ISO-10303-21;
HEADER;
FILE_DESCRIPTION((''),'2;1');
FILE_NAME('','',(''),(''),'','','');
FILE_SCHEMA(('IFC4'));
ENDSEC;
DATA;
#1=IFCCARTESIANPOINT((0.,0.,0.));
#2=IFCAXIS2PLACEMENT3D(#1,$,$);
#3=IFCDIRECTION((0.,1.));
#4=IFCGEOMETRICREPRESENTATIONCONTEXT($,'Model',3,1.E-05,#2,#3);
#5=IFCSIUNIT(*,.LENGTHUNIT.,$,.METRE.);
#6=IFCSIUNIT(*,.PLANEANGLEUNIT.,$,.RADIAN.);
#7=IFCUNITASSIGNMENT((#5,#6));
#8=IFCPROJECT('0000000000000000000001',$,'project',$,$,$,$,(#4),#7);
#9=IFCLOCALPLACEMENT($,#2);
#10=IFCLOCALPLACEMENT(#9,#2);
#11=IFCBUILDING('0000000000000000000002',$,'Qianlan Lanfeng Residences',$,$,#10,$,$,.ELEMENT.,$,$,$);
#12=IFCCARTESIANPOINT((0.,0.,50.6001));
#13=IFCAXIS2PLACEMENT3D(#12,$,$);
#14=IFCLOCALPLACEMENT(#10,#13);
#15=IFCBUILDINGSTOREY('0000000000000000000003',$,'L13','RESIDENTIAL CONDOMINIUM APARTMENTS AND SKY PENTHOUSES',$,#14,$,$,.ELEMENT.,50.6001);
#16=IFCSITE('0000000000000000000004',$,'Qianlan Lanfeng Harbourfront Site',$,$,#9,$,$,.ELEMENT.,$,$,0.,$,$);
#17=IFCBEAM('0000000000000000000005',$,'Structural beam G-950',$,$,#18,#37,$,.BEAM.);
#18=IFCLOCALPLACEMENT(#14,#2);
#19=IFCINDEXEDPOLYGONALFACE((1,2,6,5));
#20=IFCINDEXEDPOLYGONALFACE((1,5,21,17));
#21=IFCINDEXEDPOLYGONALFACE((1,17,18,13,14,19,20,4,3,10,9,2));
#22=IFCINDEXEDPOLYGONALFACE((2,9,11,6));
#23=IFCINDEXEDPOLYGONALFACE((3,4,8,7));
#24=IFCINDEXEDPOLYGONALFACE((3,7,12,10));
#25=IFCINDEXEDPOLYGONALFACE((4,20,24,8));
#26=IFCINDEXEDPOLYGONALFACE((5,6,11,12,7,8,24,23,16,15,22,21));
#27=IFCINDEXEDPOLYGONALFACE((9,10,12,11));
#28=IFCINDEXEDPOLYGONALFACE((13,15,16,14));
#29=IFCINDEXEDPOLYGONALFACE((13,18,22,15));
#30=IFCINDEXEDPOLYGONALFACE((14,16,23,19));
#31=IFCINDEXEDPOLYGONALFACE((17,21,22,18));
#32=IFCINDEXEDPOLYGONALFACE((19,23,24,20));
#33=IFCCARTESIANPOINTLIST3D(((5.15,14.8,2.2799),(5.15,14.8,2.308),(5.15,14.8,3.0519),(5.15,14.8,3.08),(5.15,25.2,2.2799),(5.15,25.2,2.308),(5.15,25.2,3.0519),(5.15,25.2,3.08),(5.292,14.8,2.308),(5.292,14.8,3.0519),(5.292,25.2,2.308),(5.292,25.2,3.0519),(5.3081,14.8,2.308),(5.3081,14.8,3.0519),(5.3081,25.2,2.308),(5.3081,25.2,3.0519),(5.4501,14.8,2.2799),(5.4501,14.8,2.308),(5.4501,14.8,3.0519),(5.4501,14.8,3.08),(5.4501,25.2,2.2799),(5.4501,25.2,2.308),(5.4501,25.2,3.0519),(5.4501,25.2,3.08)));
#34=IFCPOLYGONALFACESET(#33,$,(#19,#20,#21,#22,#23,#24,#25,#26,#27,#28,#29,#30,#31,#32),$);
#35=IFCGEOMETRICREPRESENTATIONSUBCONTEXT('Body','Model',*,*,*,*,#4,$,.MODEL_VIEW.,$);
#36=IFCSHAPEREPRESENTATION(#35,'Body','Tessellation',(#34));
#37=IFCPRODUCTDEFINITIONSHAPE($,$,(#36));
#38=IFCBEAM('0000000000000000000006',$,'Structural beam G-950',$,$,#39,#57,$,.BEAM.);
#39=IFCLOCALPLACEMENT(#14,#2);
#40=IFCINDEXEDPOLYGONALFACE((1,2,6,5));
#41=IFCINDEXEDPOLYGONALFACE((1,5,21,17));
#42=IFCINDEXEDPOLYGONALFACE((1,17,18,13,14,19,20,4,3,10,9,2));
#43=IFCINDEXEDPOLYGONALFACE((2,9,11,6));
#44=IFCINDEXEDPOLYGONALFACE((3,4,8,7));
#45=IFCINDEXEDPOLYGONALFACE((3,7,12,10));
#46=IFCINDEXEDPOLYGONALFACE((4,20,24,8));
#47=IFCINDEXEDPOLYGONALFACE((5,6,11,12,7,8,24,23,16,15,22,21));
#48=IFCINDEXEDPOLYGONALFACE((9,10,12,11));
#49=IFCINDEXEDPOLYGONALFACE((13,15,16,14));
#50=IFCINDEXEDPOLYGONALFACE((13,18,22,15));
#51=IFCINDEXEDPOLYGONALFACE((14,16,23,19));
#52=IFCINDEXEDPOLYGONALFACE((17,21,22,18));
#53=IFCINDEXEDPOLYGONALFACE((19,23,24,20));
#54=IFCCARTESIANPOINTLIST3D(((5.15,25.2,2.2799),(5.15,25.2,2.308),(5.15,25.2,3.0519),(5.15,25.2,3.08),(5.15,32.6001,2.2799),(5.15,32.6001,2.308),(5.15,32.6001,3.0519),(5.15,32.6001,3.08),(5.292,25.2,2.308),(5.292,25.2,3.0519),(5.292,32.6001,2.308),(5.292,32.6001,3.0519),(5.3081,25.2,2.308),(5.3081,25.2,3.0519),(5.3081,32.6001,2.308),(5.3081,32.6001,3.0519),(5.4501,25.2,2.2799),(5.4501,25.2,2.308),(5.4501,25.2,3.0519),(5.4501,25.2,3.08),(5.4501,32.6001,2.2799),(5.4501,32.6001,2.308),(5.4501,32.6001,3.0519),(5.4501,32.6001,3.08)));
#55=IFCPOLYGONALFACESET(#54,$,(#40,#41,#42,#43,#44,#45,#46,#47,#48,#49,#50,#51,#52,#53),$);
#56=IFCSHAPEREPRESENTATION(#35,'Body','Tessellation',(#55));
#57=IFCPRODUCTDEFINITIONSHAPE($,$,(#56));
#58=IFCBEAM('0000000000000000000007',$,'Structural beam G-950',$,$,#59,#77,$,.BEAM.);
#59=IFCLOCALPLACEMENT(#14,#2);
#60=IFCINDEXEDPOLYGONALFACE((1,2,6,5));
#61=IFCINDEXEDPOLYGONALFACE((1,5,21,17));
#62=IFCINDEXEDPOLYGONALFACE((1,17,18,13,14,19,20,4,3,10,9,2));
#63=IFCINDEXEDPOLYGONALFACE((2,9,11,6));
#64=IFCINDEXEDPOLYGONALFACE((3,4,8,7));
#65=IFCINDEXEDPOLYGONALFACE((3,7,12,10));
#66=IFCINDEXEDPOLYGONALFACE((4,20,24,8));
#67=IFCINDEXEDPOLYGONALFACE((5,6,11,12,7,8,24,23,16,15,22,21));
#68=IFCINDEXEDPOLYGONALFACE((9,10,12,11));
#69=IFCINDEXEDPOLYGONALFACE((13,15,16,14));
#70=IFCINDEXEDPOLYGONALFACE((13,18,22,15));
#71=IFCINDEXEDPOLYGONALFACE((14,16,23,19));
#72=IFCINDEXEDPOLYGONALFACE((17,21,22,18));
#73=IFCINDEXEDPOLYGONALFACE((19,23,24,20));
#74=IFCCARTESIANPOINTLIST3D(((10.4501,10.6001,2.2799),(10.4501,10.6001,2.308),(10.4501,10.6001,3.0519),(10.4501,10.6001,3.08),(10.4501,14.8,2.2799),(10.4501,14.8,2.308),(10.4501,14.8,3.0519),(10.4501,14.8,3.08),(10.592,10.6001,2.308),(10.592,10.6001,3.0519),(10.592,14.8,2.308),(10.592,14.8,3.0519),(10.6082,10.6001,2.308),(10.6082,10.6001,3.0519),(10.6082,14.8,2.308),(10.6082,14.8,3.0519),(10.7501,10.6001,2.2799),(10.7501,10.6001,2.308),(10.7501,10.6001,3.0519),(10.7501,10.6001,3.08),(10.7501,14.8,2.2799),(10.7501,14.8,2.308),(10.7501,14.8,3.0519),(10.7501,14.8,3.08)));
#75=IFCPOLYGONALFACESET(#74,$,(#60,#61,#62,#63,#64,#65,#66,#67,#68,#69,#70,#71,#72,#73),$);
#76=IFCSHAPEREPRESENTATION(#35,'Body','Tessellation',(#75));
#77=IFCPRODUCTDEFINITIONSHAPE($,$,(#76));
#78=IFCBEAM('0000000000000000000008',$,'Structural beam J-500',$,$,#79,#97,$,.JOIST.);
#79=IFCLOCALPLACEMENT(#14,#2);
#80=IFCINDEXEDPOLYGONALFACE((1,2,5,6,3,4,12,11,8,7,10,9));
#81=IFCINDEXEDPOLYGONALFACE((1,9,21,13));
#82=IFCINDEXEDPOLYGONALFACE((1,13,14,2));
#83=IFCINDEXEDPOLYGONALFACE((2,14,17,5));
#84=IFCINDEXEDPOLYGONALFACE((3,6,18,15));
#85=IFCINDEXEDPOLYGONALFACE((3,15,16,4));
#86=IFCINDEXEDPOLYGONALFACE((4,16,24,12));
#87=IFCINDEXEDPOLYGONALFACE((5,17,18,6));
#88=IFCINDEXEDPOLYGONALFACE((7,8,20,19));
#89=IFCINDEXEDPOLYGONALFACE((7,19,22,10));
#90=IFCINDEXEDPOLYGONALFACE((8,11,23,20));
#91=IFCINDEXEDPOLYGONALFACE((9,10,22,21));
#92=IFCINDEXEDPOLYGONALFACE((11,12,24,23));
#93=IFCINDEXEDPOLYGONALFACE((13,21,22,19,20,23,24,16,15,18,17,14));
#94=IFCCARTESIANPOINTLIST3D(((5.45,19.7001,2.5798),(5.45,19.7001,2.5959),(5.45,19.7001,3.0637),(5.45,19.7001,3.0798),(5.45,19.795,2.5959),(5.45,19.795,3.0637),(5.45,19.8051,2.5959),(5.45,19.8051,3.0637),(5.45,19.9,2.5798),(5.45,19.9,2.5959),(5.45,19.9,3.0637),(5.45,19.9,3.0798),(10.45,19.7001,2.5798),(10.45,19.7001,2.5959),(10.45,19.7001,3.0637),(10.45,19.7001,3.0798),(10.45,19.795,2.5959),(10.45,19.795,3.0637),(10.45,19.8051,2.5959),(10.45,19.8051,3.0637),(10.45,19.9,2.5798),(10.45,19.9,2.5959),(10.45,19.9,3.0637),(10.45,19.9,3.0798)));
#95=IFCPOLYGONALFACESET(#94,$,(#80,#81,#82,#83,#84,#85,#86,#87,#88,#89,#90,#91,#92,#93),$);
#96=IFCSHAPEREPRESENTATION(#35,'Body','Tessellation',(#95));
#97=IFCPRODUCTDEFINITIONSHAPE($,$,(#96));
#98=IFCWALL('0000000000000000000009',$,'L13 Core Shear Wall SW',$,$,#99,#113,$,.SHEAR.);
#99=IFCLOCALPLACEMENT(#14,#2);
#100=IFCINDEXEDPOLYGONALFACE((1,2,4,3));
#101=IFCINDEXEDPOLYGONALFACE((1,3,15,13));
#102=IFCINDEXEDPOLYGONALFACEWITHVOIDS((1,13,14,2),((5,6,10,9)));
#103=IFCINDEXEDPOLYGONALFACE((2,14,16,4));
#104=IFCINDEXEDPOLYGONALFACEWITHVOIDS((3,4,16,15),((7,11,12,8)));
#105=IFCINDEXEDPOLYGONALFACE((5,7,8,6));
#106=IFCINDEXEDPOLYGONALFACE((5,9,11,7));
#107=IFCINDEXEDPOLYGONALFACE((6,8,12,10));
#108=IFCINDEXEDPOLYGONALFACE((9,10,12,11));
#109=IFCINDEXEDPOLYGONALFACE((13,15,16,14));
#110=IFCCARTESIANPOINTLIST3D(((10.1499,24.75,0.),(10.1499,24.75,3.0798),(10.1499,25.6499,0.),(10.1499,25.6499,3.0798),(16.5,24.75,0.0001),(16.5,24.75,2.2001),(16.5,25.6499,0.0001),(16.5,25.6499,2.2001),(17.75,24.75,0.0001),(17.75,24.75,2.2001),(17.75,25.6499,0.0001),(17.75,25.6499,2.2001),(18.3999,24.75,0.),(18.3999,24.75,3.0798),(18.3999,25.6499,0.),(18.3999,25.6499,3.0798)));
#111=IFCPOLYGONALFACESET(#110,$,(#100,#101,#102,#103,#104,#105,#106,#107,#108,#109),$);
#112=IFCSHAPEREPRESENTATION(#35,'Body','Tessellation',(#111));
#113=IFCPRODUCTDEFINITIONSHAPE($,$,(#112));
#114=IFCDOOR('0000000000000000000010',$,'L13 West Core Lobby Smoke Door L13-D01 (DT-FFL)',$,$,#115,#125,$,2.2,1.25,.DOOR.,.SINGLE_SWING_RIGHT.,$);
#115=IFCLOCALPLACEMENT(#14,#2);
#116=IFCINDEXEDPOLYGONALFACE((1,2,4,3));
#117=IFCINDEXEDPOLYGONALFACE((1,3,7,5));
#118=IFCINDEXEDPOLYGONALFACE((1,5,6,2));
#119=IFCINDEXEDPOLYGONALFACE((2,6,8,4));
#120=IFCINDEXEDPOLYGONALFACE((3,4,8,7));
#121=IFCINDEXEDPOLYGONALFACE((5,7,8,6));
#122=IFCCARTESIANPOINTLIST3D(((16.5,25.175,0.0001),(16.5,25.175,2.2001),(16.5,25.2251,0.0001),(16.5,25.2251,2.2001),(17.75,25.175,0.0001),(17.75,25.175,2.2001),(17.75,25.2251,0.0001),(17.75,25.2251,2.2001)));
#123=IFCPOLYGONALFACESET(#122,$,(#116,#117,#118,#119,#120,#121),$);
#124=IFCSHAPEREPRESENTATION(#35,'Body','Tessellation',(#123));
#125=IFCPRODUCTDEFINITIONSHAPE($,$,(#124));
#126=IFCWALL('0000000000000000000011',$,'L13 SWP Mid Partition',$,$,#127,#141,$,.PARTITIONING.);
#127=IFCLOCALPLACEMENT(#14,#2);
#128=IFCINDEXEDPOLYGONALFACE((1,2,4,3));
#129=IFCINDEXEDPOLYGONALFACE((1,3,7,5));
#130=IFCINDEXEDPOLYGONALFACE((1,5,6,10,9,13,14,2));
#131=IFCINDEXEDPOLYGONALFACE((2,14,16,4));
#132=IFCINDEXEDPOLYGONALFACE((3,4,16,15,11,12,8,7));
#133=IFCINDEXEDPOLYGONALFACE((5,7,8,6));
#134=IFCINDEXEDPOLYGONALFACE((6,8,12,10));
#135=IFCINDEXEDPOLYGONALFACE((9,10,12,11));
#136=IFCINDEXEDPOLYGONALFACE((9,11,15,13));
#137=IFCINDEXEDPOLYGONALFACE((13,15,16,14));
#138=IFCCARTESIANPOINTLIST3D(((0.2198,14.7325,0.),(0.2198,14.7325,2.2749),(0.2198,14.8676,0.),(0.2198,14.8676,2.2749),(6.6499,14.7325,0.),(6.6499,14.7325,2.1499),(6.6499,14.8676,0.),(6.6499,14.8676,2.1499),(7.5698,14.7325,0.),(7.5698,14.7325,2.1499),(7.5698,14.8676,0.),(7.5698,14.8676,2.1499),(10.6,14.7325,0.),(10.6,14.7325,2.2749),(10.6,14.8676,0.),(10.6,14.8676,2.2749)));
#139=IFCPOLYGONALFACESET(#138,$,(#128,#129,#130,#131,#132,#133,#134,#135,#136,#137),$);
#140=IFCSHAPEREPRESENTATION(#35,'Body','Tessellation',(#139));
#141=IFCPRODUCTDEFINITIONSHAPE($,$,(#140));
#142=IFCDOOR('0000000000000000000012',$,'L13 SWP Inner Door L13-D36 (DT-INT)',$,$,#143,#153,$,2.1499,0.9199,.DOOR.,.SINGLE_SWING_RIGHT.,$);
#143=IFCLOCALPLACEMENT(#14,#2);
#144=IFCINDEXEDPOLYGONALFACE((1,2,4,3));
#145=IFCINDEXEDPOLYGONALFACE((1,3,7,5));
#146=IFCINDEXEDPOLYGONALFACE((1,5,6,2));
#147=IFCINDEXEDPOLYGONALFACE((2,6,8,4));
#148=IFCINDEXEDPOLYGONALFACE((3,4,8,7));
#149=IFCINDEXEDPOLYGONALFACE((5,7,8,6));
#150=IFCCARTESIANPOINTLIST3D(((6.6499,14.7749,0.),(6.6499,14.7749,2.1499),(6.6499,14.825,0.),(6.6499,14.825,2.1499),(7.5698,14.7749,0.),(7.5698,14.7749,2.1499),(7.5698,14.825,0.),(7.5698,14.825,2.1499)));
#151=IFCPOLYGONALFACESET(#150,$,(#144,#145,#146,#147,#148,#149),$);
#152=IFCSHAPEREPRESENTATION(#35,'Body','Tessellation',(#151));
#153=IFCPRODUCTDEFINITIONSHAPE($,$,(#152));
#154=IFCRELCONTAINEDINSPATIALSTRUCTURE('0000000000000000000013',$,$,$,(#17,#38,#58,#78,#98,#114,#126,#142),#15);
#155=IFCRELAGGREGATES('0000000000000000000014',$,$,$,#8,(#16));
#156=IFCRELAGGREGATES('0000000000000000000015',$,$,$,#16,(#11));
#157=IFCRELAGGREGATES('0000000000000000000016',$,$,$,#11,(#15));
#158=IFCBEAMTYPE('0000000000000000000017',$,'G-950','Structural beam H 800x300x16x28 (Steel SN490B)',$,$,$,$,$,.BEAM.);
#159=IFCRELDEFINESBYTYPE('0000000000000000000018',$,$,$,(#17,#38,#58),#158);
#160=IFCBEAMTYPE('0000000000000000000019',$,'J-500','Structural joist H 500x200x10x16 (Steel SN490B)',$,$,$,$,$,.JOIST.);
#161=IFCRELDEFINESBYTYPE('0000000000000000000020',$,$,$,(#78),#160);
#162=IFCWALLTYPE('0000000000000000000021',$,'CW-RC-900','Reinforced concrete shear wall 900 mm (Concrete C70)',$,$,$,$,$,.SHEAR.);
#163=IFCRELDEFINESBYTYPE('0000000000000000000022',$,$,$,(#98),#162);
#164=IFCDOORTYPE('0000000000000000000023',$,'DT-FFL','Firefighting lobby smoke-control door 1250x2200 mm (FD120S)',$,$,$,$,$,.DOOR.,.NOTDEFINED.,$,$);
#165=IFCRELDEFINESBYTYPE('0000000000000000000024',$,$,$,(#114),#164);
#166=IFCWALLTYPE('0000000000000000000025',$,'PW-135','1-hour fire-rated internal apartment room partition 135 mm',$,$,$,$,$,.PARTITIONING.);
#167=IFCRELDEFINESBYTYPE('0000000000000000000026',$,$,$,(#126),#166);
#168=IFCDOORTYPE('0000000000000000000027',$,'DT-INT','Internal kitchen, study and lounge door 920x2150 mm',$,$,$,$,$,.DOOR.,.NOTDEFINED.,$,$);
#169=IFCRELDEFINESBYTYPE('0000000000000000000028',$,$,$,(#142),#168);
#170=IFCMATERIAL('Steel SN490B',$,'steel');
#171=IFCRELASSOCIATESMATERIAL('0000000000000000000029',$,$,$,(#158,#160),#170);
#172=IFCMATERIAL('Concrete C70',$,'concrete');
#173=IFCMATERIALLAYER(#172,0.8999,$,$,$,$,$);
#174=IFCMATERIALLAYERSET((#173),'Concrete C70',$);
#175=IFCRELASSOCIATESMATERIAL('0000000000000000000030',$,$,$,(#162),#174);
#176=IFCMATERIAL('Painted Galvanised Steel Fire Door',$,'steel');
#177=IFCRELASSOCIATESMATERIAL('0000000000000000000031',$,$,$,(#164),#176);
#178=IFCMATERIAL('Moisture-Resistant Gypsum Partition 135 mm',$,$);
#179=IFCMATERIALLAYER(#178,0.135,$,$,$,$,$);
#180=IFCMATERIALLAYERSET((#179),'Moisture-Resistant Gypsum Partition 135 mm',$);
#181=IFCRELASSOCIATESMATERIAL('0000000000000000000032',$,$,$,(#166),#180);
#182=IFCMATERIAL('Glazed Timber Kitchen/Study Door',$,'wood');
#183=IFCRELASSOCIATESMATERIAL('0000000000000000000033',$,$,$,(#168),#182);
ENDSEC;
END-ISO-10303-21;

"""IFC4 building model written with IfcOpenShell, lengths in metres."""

from ifc_helpers import new_model, si_unit, direction, frame, frame_2d, origin, origin_2d, place, context, subcontext, project, spatial, rectangle, i_section, extrude, material, layer, layer_set, material_profile, profile_set, type_object, element, fill, save


model = new_model("IFC4")

# Units and contexts
model_context = context("Model", 3, precision=1e-05, world=origin(), true_north=direction((0.0, 1.0)))
body_context = subcontext(model_context, "Body", "Model", "MODEL_VIEW")
ifc_project = project(units=[si_unit("LENGTHUNIT", "METRE"), si_unit("PLANEANGLEUNIT", "RADIAN")], contexts=[model_context])

# Site, building, storey
site_placement = place(None, origin())
site = spatial("IfcSite", under=ifc_project, at=site_placement, Name="Qianlan Lanfeng Harbourfront Site", CompositionType="ELEMENT", RefElevation=0.0)
building_placement = place(site_placement, origin())
building = spatial("IfcBuilding", under=site, at=building_placement, Name="Qianlan Lanfeng Residences", CompositionType="ELEMENT")
storey_placement = place(building_placement, frame((0.0, 0.0, 50.6001)))
storey = spatial("IfcBuildingStorey", under=building, at=storey_placement, Name="L13", Description="RESIDENTIAL CONDOMINIUM APARTMENTS AND SKY PENTHOUSES", CompositionType="ELEMENT", Elevation=50.6001)

# Shared definitions
ifc_material_1 = material(Name="Steel SN490B", Category="steel")

# Beams
ifc_material_profile_1 = material_profile(ifc_material_1, i_section(OverallWidth=0.3, OverallDepth=0.8, WebThickness=0.0161, FlangeThickness=0.0281, at=origin_2d()), Name="H 800x300x16x28")
ifc_profile_set_1 = profile_set([ifc_material_profile_1], Name="Steel SN490B")
beam_type_1 = type_object("IfcBeamType", Name="G-950", Description="Structural beam H 800x300x16x28 (Steel SN490B)", PredefinedType="BEAM", material=ifc_profile_set_1)
beam_1_placement = place(storey_placement, frame((5.3, 14.8, 2.6799), z_axis=(0.0, 1.0, 0.0), x_axis=(-1.0, 0.0, 0.0)))
element("IfcBeam", 1, at=beam_1_placement, inside=storey, type_object=beam_type_1, Name="Structural beam G-950", PredefinedType="BEAM", context=body_context, shape_type="SweptSolid", body=[
    extrude(i_section(OverallWidth=0.3, OverallDepth=0.8, WebThickness=0.0161, FlangeThickness=0.0281, at=origin_2d()), origin(), (0.0, 0.0, 1.0), 10.3999),
])
beam_2_placement = place(storey_placement, frame((5.3, 25.2, 2.6799), z_axis=(0.0, 1.0, 0.0), x_axis=(-1.0, 0.0, 0.0)))
element("IfcBeam", 2, at=beam_2_placement, inside=storey, type_object=beam_type_1, Name="Structural beam G-950", PredefinedType="BEAM", context=body_context, shape_type="SweptSolid", body=[
    extrude(i_section(OverallWidth=0.3, OverallDepth=0.8, WebThickness=0.0161, FlangeThickness=0.0281, at=origin_2d()), origin(), (0.0, 0.0, 1.0), 7.4001),
])
beam_3_placement = place(storey_placement, frame((10.6001, 10.6001, 2.6799), z_axis=(0.0, 1.0, 0.0), x_axis=(-1.0, 0.0, 0.0)))
element("IfcBeam", 3, at=beam_3_placement, inside=storey, type_object=beam_type_1, Name="Structural beam G-950", PredefinedType="BEAM", context=body_context, shape_type="SweptSolid", body=[
    extrude(i_section(OverallWidth=0.3, OverallDepth=0.8, WebThickness=0.0161, FlangeThickness=0.0281, at=origin_2d()), origin(), (0.0, 0.0, 1.0), 4.2),
])
ifc_material_profile_2 = material_profile(ifc_material_1, i_section(OverallWidth=0.2, OverallDepth=0.5, WebThickness=0.01, FlangeThickness=0.0161, at=origin_2d()), Name="H 500x200x10x16")
ifc_profile_set_2 = profile_set([ifc_material_profile_2], Name="Steel SN490B")
beam_type_2 = type_object("IfcBeamType", Name="J-500", Description="Structural joist H 500x200x10x16 (Steel SN490B)", PredefinedType="JOIST", material=ifc_profile_set_2)
beam_4_placement = place(storey_placement, frame((5.45, 19.8, 2.8298), z_axis=(1.0, 0.0, 0.0), x_axis=(0.0, 1.0, 0.0)))
element("IfcBeam", 4, at=beam_4_placement, inside=storey, type_object=beam_type_2, Name="Structural beam J-500", PredefinedType="JOIST", context=body_context, shape_type="SweptSolid", body=[
    extrude(i_section(OverallWidth=0.2, OverallDepth=0.5, WebThickness=0.01, FlangeThickness=0.0161, at=origin_2d()), origin(), (0.0, 0.0, 1.0), 5.0),
])

# Walls, openings, doors
ifc_material_2 = material(Name="Concrete C70", Category="concrete")
ifc_layer_1 = layer(ifc_material_2, 0.8999)
ifc_layer_set_1 = layer_set([ifc_layer_1], Name="Concrete C70")
wall_type_1 = type_object("IfcWallType", Name="CW-RC-900", Description="Reinforced concrete shear wall 900 mm (Concrete C70)", PredefinedType="SHEAR", material=ifc_layer_set_1)
wall_1_placement = place(storey_placement, frame((10.1499, 25.2, 0.0), z_axis=(0.0, 0.0, 1.0), x_axis=(1.0, 0.0, 0.0)))
wall_1 = element("IfcWall", 5, at=wall_1_placement, inside=storey, type_object=wall_type_1, Name="L13 Core Shear Wall SW", PredefinedType="SHEAR", context=body_context, shape_type="SweptSolid", body=[
    extrude(rectangle(XDim=8.25, YDim=0.8999, at=frame_2d((4.125, 0.0))), origin(), (0.0, 0.0, 1.0), 3.0798),
])
opening_1_placement = place(wall_1_placement, frame((6.3501, 0.0, 0.0)))
opening_1 = element("IfcOpeningElement", 6, at=opening_1_placement, cuts=wall_1, PredefinedType="OPENING", context=body_context, shape_type="SweptSolid", body=[
    extrude(rectangle(XDim=1.25, YDim=2.2, at=frame_2d((0.625, 1.1001))), frame((0.0, 0.46, 0.0), z_axis=(0.0, -1.0, 0.0), x_axis=(1.0, 0.0, 0.0)), (0.0, 0.0, 1.0), 0.9199),
])
ifc_material_3 = material(Name="Painted Galvanised Steel Fire Door", Category="steel")
door_type_1 = type_object("IfcDoorType", Name="DT-FFL", Description="Firefighting lobby smoke-control door 1250x2200 mm (FD120S)", OperationType="NOTDEFINED", PredefinedType="DOOR", material=ifc_material_3)
door_1_placement = place(opening_1_placement, frame((1.25, 0.0, 0.0), z_axis=(0.0, 0.0, 1.0), x_axis=(-1.0, 0.0, 0.0)))
door_1 = element("IfcDoor", 7, at=door_1_placement, inside=storey, type_object=door_type_1, Name="L13 West Core Lobby Smoke Door L13-D01 (DT-FFL)", OperationType="SINGLE_SWING_RIGHT", OverallHeight=2.2, OverallWidth=1.25, PredefinedType="DOOR", context=body_context, shape_type="SweptSolid", body=[
    extrude(rectangle(XDim=1.25, YDim=2.2, at=frame_2d((0.625, 1.1001))), frame((0.0, 0.0249, 0.0), z_axis=(0.0, -1.0, 0.0), x_axis=(1.0, 0.0, 0.0)), (0.0, 0.0, 1.0), 0.05),
])
fill(opening_1, door_1)
ifc_material_4 = material(Name="Moisture-Resistant Gypsum Partition 135 mm")
ifc_layer_2 = layer(ifc_material_4, 0.135)
ifc_layer_set_2 = layer_set([ifc_layer_2], Name="Moisture-Resistant Gypsum Partition 135 mm")
wall_type_2 = type_object("IfcWallType", Name="PW-135", Description="1-hour fire-rated internal apartment room partition 135 mm", PredefinedType="PARTITIONING", material=ifc_layer_set_2)
wall_2_placement = place(storey_placement, frame((0.22, 14.8, 0.0), z_axis=(0.0, 0.0, 1.0), x_axis=(1.0, 0.0, 0.0)))
wall_2 = element("IfcWall", 8, at=wall_2_placement, inside=storey, type_object=wall_type_2, Name="L13 SWP Mid Partition", PredefinedType="PARTITIONING", context=body_context, shape_type="SweptSolid", body=[
    extrude(rectangle(XDim=10.3801, YDim=0.135, at=frame_2d((5.1899, 0.0))), origin(), (0.0, 0.0, 1.0), 2.2749),
])
opening_2_placement = place(wall_2_placement, frame((6.4299, 0.0, 0.0)))
opening_2 = element("IfcOpeningElement", 9, at=opening_2_placement, cuts=wall_2, PredefinedType="OPENING", context=body_context, shape_type="SweptSolid", body=[
    extrude(rectangle(XDim=0.9199, YDim=2.1499, at=frame_2d((0.46, 1.075))), frame((0.0, 0.0776, 0.0), z_axis=(0.0, -1.0, 0.0), x_axis=(1.0, 0.0, 0.0)), (0.0, 0.0, 1.0), 0.155),
])
ifc_material_5 = material(Name="Glazed Timber Kitchen/Study Door", Category="wood")
door_type_2 = type_object("IfcDoorType", Name="DT-INT", Description="Internal kitchen, study and lounge door 920x2150 mm", OperationType="NOTDEFINED", PredefinedType="DOOR", material=ifc_material_5)
door_2_placement = place(opening_2_placement, origin())
door_2 = element("IfcDoor", 10, at=door_2_placement, inside=storey, type_object=door_type_2, Name="L13 SWP Inner Door L13-D36 (DT-INT)", OperationType="SINGLE_SWING_RIGHT", OverallHeight=2.1499, OverallWidth=0.9199, PredefinedType="DOOR", context=body_context, shape_type="SweptSolid", body=[
    extrude(rectangle(XDim=0.9199, YDim=2.1499, at=frame_2d((0.46, 1.075))), frame((0.0, 0.0249, 0.0), z_axis=(0.0, -1.0, 0.0), x_axis=(1.0, 0.0, 0.0)), (0.0, 0.0, 1.0), 0.05),
])
fill(opening_2, door_2)

save(model, "model.ifc")
